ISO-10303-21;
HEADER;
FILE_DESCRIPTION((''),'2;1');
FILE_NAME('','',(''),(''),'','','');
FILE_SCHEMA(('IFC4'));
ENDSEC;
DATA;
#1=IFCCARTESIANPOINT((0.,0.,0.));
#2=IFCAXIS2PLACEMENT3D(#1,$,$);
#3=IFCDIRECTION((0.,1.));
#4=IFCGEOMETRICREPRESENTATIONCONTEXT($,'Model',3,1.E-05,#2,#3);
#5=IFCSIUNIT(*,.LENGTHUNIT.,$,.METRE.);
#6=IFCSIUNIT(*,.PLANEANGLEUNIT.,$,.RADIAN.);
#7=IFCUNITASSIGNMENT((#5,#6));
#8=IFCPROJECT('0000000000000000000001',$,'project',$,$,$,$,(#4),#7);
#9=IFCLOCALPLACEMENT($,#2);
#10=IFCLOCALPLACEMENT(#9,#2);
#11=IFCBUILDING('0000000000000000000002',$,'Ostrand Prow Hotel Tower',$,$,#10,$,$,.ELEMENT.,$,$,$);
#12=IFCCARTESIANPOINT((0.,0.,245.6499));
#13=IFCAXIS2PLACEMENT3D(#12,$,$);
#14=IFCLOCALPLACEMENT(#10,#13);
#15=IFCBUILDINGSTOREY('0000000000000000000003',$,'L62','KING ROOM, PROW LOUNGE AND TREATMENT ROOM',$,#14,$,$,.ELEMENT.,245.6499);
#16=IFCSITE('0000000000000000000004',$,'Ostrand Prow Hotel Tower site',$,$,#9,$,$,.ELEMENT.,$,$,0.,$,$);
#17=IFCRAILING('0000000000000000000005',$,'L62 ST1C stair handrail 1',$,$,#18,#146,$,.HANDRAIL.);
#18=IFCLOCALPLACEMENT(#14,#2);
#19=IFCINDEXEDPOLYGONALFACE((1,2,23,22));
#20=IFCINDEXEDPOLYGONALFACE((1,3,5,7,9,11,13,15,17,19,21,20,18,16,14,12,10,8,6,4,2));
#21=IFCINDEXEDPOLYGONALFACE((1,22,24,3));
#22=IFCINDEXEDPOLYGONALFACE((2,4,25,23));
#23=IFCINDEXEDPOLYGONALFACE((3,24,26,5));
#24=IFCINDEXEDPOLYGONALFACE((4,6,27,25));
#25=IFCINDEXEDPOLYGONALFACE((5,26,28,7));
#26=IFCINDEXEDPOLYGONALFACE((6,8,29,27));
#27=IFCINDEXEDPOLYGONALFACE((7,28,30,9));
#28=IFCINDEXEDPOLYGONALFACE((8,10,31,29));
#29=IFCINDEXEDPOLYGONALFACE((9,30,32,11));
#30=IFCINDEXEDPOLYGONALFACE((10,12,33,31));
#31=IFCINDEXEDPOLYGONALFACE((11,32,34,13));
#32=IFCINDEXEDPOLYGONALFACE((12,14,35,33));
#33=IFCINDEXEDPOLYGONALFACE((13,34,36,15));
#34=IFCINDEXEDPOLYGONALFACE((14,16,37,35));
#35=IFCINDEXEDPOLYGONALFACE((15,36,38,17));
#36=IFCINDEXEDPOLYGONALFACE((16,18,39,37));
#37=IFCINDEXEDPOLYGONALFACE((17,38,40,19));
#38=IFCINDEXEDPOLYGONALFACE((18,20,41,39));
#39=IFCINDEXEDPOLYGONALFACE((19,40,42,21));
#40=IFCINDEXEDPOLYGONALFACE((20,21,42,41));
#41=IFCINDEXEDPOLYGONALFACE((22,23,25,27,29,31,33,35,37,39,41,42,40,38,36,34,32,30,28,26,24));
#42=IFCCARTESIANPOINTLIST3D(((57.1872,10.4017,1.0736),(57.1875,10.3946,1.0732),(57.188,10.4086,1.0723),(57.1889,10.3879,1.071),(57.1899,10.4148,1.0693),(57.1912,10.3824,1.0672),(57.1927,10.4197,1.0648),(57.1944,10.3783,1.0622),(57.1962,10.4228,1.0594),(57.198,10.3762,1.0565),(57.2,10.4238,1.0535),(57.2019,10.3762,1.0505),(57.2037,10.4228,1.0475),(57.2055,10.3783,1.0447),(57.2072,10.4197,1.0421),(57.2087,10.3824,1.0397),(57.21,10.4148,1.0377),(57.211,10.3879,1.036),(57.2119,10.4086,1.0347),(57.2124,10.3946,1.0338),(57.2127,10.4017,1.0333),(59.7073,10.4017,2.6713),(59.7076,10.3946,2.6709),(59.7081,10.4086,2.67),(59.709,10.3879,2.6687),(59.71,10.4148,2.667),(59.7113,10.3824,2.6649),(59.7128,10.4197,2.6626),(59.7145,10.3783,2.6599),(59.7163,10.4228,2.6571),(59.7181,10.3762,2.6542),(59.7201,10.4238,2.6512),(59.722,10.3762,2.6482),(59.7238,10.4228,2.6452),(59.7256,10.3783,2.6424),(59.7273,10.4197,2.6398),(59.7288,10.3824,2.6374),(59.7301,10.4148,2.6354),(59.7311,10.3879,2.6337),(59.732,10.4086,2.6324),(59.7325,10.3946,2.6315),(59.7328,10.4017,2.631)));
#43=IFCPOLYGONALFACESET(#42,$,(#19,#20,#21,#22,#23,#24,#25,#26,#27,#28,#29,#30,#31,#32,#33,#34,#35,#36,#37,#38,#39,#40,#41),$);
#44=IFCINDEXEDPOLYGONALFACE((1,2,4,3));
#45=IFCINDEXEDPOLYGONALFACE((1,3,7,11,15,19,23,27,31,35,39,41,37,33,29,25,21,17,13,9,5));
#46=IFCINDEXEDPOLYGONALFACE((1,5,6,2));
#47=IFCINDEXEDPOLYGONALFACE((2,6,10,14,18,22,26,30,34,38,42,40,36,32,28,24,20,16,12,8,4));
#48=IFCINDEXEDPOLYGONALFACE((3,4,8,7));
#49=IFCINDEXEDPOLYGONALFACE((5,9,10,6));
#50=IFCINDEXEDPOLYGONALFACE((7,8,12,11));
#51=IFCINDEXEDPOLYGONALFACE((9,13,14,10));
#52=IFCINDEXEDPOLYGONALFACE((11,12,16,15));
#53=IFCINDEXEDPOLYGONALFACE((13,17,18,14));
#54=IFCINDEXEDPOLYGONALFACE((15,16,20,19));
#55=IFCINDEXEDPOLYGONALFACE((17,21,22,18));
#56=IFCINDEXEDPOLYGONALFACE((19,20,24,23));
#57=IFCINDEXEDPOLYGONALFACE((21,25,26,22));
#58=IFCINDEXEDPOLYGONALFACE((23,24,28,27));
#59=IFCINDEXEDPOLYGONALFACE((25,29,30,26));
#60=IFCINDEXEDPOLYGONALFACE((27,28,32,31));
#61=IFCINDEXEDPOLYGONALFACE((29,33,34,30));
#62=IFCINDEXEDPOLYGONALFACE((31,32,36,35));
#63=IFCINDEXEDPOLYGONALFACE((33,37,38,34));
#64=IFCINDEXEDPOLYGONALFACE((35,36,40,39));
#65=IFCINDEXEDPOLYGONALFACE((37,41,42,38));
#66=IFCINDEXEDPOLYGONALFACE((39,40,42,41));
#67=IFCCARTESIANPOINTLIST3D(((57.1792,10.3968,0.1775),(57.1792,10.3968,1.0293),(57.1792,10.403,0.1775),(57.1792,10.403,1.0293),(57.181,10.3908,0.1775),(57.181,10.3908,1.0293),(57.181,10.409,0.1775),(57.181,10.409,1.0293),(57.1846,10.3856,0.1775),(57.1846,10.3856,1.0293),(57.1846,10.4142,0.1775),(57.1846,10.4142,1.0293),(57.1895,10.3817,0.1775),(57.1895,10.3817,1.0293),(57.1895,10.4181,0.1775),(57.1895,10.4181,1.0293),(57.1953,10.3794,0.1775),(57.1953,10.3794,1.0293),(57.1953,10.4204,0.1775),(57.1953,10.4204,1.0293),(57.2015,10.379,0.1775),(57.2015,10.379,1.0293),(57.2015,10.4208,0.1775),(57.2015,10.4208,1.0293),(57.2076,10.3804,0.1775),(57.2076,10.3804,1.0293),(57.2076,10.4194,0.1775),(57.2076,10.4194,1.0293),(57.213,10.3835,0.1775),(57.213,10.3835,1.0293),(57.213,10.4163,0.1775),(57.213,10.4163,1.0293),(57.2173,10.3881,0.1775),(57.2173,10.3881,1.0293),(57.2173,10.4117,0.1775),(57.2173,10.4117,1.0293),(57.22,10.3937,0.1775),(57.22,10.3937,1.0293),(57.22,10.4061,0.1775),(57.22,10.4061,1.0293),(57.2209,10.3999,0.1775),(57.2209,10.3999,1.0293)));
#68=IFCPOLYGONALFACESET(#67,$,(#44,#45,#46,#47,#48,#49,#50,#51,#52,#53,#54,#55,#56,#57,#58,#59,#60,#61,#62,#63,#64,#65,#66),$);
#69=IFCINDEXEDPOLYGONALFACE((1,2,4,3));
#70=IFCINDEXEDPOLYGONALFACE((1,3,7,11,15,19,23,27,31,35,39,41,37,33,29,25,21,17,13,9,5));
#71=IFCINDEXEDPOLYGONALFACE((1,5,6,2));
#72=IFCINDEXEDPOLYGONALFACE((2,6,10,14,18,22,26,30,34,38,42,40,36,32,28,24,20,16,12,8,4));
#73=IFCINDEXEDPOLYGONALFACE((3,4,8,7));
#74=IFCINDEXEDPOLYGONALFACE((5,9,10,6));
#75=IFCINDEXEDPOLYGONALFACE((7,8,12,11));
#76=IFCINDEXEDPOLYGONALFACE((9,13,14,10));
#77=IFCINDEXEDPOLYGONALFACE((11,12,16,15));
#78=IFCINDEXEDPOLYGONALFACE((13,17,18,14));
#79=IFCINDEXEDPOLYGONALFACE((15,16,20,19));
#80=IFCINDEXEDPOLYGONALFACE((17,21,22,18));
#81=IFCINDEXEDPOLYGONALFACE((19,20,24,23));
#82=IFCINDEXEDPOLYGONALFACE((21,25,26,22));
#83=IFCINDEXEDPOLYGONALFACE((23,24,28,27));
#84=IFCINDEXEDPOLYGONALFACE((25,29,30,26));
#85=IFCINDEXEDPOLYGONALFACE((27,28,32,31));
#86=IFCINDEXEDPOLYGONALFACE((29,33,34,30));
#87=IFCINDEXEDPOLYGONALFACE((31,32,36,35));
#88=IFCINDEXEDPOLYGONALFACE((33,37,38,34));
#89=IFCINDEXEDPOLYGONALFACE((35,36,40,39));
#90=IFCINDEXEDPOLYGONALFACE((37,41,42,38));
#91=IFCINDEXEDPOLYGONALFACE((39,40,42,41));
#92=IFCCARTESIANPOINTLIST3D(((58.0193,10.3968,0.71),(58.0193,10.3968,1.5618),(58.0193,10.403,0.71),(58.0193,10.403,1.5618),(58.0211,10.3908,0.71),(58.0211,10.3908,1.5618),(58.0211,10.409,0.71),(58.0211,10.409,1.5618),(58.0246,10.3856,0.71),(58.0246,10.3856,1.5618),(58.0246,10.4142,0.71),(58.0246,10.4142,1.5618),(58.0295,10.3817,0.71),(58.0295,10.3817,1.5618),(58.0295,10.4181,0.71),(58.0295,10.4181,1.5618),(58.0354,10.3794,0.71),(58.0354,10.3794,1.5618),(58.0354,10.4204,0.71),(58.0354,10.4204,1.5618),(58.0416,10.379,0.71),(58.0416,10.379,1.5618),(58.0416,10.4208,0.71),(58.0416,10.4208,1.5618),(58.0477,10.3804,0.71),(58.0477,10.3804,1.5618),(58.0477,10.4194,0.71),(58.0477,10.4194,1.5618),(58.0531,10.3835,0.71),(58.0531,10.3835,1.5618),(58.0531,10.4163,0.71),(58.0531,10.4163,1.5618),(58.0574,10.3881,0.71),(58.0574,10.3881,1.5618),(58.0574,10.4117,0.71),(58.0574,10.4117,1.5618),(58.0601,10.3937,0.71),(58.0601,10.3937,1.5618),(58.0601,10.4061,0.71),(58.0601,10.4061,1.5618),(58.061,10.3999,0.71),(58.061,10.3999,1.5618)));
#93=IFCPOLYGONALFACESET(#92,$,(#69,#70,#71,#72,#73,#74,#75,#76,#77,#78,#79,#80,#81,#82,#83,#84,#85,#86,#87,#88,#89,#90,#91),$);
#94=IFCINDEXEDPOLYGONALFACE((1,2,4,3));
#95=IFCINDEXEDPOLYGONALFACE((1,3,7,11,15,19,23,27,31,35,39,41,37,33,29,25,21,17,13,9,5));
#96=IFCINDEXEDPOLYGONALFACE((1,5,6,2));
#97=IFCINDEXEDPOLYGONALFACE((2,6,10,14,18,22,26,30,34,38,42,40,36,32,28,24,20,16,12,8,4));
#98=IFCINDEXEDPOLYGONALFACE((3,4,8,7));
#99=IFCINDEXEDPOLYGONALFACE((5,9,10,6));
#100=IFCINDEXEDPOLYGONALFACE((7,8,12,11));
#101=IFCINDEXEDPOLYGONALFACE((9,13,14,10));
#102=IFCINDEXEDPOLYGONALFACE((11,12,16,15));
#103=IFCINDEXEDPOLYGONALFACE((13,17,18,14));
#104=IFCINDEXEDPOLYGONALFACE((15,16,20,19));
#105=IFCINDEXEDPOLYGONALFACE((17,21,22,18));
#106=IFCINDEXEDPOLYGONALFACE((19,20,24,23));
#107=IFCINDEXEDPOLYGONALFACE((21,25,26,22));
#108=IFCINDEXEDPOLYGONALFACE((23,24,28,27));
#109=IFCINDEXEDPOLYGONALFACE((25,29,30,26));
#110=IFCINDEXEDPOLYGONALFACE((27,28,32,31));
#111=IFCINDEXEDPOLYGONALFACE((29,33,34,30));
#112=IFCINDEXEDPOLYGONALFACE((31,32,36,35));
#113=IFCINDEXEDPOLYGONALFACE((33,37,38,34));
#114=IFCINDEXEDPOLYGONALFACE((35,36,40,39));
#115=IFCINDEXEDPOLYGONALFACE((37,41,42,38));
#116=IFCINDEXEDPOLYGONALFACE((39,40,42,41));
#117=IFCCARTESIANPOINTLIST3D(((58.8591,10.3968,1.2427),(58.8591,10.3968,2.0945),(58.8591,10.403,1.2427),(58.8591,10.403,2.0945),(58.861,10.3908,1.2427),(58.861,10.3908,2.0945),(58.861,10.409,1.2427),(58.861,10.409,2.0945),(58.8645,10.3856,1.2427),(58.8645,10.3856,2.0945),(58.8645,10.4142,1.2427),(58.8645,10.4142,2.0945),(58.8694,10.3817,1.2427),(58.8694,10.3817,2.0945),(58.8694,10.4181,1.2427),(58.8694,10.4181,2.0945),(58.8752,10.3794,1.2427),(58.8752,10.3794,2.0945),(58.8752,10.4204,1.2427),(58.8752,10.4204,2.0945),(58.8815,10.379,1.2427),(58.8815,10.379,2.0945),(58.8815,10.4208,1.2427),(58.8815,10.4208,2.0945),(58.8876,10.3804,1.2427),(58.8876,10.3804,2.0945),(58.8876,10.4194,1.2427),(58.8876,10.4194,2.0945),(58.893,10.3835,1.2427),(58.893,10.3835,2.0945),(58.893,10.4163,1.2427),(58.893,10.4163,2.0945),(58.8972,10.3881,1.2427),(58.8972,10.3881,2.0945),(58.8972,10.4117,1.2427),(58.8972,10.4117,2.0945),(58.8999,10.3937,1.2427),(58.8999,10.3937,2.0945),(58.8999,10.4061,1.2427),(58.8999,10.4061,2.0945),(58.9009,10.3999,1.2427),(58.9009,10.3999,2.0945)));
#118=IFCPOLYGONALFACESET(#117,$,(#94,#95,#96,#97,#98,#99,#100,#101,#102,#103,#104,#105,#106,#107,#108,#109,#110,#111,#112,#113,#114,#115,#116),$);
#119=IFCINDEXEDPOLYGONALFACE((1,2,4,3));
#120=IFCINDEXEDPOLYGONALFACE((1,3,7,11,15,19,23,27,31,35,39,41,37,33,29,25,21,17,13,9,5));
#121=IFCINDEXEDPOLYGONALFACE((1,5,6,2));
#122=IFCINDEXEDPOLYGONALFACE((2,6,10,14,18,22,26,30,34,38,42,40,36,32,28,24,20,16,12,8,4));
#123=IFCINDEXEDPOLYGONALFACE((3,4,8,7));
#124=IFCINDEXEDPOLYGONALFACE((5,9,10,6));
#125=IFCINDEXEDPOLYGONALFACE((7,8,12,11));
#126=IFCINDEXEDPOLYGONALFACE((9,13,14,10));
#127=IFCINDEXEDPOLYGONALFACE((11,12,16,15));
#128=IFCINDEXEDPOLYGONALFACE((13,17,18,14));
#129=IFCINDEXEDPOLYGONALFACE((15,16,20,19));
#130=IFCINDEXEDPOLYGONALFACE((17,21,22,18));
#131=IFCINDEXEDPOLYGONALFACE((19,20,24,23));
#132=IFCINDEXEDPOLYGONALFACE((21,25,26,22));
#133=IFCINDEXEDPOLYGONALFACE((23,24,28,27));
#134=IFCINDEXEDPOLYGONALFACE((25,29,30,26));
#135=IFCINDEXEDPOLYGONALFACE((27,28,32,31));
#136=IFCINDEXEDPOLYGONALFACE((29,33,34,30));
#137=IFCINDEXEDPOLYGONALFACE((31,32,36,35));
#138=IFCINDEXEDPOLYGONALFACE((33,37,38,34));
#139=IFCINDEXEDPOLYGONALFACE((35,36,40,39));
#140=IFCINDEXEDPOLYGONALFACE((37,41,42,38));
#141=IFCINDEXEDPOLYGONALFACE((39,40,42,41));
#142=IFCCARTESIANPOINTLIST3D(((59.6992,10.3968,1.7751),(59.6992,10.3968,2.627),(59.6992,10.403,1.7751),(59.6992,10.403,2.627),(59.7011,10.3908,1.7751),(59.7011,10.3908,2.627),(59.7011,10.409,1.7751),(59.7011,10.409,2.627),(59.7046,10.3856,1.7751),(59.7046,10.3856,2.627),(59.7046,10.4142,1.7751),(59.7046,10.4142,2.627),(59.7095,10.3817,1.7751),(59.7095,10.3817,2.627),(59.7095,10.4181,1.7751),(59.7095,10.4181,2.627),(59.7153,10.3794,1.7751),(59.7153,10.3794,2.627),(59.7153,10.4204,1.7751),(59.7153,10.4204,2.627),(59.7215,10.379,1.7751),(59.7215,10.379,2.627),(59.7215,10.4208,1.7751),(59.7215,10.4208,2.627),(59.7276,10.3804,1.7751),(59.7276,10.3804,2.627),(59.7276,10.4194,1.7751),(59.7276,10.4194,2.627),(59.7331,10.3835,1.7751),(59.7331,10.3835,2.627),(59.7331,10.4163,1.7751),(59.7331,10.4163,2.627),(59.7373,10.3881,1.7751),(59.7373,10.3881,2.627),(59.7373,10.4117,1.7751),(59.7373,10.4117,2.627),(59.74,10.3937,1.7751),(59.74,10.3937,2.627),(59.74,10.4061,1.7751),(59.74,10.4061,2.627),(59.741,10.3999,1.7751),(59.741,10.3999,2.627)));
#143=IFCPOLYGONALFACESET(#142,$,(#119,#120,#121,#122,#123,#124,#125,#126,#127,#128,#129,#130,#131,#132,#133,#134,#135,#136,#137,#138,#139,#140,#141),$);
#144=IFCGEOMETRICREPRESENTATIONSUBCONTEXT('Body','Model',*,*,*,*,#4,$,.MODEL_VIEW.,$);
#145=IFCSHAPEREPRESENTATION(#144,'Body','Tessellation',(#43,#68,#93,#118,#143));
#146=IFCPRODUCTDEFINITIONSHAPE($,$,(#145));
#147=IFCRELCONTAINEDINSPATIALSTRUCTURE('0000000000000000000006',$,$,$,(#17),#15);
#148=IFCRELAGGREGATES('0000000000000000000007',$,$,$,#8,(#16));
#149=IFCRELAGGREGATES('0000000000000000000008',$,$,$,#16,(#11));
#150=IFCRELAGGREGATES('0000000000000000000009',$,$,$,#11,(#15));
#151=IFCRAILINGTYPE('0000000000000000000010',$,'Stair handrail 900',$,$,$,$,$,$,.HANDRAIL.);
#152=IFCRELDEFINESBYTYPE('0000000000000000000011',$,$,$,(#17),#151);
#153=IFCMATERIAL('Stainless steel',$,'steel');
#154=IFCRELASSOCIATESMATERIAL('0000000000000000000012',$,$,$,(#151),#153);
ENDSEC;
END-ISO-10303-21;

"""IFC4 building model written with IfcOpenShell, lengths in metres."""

from ifc_helpers import new_model, si_unit, direction, frame, origin, origin_2d, place, context, subcontext, project, spatial, circle, extrude, material, type_object, element, save


model = new_model("IFC4")

# Units and contexts
model_context = context("Model", 3, precision=1e-05, world=origin(), true_north=direction((0.0, 1.0)))
body_context = subcontext(model_context, "Body", "Model", "MODEL_VIEW")
ifc_project = project(units=[si_unit("LENGTHUNIT", "METRE"), si_unit("PLANEANGLEUNIT", "RADIAN")], contexts=[model_context])

# Site, building, storey
site_placement = place(None, origin())
site = spatial("IfcSite", under=ifc_project, at=site_placement, Name="Ostrand Prow Hotel Tower site", CompositionType="ELEMENT", RefElevation=0.0)
building_placement = place(site_placement, origin())
building = spatial("IfcBuilding", under=site, at=building_placement, Name="Ostrand Prow Hotel Tower", CompositionType="ELEMENT")
storey_placement = place(building_placement, frame((0.0, 0.0, 245.6499)))
storey = spatial("IfcBuildingStorey", under=building, at=storey_placement, Name="L62", Description="KING ROOM, PROW LOUNGE AND TREATMENT ROOM", CompositionType="ELEMENT", Elevation=245.6499)

# Railing
ifc_material_1 = material(Name="Stainless steel", Category="steel")
railing_type_1 = type_object("IfcRailingType", Name="Stair handrail 900", PredefinedType="HANDRAIL", material=ifc_material_1)
railing_1_placement = place(storey_placement, frame((57.2, 10.3999, 0.1775)))
element("IfcRailing", 1, at=railing_1_placement, inside=storey, type_object=railing_type_1, Name="L62 ST1C stair handrail 1", PredefinedType="HANDRAIL", context=body_context, shape_type="SweptSolid", body=[
    extrude(circle(Radius=0.0239, at=origin_2d()), frame((0.0, 0.0, 0.876), z_axis=(0.84457, 0.0, 0.535445), x_axis=(0.0, 1.0, 0.0)), (0.0, 0.0, 1.0), 2.9839),
    extrude(circle(Radius=0.021, at=origin_2d()), origin(), (0.0, 0.0, 1.0), 0.8518),
    extrude(circle(Radius=0.021, at=origin_2d()), frame((0.8401, 0.0, 0.5325)), (0.0, 0.0, 1.0), 0.8518),
    extrude(circle(Radius=0.021, at=origin_2d()), frame((1.6799, 0.0, 1.0652)), (0.0, 0.0, 1.0), 0.8518),
    extrude(circle(Radius=0.021, at=origin_2d()), frame((2.52, 0.0, 1.5977)), (0.0, 0.0, 1.0), 0.8518),
])

save(model, "model.ifc")
